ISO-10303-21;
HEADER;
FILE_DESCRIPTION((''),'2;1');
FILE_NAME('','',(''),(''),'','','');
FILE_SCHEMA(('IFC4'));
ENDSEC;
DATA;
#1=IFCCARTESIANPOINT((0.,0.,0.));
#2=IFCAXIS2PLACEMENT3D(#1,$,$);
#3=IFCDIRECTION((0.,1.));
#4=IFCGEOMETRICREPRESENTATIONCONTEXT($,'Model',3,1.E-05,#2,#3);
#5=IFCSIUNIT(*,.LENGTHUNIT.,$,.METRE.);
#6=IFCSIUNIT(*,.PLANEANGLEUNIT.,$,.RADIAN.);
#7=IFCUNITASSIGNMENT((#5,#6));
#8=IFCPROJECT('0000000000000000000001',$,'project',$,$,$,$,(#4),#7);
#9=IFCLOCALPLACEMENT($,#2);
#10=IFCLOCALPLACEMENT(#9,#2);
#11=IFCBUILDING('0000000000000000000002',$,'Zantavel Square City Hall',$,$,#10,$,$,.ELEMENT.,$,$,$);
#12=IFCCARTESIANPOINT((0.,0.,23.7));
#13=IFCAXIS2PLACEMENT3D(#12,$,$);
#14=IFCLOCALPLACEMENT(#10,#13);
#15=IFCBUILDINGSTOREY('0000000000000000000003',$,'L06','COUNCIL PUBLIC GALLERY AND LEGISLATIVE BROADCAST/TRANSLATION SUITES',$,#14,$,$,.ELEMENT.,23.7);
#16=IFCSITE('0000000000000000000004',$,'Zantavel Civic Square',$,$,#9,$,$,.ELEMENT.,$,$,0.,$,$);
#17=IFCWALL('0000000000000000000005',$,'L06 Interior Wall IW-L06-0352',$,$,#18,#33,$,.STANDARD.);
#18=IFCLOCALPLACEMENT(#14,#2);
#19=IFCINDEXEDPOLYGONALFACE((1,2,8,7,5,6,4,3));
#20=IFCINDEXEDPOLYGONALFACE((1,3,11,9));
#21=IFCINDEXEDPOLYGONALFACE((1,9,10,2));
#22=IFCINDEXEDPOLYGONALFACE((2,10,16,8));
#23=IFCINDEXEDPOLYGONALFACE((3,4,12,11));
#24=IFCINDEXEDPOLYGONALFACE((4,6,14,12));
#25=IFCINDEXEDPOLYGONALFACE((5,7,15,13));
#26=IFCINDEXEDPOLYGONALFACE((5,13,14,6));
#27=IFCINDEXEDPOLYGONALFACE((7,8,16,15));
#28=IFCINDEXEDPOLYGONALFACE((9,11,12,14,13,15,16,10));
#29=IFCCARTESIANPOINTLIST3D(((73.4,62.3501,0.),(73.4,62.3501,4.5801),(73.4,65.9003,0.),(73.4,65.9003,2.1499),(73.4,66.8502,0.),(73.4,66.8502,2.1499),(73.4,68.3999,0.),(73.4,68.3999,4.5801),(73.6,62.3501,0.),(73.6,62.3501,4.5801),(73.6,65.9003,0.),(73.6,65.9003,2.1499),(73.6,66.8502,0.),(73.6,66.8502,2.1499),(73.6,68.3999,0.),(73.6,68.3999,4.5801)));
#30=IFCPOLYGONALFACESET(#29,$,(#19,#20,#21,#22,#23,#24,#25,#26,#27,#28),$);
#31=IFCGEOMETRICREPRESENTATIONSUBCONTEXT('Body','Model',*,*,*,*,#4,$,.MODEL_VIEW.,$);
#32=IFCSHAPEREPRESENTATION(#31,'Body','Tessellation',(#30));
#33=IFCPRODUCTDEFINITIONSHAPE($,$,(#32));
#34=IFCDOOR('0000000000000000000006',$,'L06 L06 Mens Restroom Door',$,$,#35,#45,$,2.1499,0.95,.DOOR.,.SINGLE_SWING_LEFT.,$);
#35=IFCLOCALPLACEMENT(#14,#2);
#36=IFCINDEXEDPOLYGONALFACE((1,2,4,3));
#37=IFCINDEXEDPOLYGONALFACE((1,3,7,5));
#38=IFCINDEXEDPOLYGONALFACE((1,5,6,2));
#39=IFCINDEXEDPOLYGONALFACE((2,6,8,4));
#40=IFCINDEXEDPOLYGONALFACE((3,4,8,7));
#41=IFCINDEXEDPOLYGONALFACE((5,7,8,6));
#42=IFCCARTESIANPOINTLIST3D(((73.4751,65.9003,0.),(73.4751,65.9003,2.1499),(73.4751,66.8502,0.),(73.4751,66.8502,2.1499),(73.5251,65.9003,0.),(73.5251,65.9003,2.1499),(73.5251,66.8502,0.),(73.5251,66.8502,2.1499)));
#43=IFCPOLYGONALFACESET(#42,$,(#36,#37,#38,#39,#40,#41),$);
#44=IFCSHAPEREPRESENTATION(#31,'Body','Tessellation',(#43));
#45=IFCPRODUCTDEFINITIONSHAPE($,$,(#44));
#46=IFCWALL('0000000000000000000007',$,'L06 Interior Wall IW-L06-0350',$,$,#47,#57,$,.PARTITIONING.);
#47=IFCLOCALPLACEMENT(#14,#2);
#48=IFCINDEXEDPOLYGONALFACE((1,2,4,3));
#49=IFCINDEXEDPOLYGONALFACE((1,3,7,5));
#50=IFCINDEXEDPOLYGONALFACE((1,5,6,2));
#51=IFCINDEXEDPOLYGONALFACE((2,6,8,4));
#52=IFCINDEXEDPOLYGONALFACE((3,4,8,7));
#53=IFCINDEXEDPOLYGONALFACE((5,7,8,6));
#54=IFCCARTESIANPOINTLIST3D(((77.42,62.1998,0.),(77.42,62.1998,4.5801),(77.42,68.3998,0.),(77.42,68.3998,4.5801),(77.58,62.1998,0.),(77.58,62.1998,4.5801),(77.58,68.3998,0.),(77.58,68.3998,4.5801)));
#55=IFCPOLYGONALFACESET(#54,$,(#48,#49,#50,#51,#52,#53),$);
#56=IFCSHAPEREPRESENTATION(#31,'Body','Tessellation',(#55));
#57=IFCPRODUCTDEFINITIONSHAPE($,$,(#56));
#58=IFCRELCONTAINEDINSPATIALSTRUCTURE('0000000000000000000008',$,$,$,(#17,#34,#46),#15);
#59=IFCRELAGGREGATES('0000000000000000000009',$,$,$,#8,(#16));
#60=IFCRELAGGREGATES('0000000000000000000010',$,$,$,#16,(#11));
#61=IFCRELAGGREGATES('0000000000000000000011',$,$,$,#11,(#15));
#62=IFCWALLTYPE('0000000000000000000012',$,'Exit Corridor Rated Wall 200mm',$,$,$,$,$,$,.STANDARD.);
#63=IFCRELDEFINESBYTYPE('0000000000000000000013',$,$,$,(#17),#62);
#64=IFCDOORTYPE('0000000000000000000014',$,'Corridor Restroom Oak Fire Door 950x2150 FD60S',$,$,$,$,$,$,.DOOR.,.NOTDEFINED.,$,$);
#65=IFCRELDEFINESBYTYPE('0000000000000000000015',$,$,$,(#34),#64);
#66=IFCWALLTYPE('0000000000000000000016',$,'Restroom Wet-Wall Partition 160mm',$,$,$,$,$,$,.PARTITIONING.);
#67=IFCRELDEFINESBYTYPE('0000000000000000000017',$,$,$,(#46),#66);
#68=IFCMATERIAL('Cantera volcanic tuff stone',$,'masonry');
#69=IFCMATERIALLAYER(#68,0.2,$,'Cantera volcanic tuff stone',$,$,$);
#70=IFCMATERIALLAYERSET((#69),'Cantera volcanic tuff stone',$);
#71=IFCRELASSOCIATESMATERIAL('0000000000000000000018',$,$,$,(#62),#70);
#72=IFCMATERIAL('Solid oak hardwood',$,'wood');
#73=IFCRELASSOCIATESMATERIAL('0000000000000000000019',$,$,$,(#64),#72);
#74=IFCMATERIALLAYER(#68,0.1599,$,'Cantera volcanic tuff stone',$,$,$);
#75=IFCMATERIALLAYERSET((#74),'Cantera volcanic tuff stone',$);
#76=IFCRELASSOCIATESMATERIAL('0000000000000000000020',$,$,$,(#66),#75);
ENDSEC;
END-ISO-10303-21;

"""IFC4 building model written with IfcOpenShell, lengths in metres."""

from ifc_helpers import new_model, si_unit, direction, frame, frame_2d, origin, place, context, subcontext, project, spatial, rectangle, extrude, material, layer, layer_set, type_object, element, fill, save


model = new_model("IFC4")

# Units and contexts
model_context = context("Model", 3, precision=1e-05, world=origin(), true_north=direction((0.0, 1.0)))
body_context = subcontext(model_context, "Body", "Model", "MODEL_VIEW")
ifc_project = project(units=[si_unit("LENGTHUNIT", "METRE"), si_unit("PLANEANGLEUNIT", "RADIAN")], contexts=[model_context])

# Site, building, storey
site_placement = place(None, origin())
site = spatial("IfcSite", under=ifc_project, at=site_placement, Name="Zantavel Civic Square", CompositionType="ELEMENT", RefElevation=0.0)
building_placement = place(site_placement, origin())
building = spatial("IfcBuilding", under=site, at=building_placement, Name="Zantavel Square City Hall", CompositionType="ELEMENT")
storey_placement = place(building_placement, frame((0.0, 0.0, 23.7)))
storey = spatial("IfcBuildingStorey", under=building, at=storey_placement, Name="L06", Description="COUNCIL PUBLIC GALLERY AND LEGISLATIVE BROADCAST/TRANSLATION SUITES", CompositionType="ELEMENT", Elevation=23.7)

# Shared definitions
ifc_material_1 = material(Name="Cantera volcanic tuff stone", Category="masonry")
ifc_layer_1 = layer(ifc_material_1, 0.2, Name="Cantera volcanic tuff stone")
ifc_layer_set_1 = layer_set([ifc_layer_1], Name="Cantera volcanic tuff stone")
wall_type_1 = type_object("IfcWallType", Name="Exit Corridor Rated Wall 200mm", PredefinedType="STANDARD", material=ifc_layer_set_1)

# Wall, opening, door
wall_1_placement = place(storey_placement, frame((73.5, 62.3501, 0.0), z_axis=(0.0, 0.0, 1.0), x_axis=(0.0, 1.0, 0.0)))
wall_1 = element("IfcWall", 1, at=wall_1_placement, inside=storey, type_object=wall_type_1, Name="L06 Interior Wall IW-L06-0352", PredefinedType="STANDARD", context=body_context, shape_type="SweptSolid", body=[
    extrude(rectangle(XDim=6.0498, YDim=0.2, at=frame_2d((3.0249, 0.0))), origin(), (0.0, 0.0, 1.0), 4.5801),
])
opening_1_placement = place(wall_1_placement, frame((3.55, 0.0, 0.0)))
opening_1 = element("IfcOpeningElement", 2, at=opening_1_placement, cuts=wall_1, PredefinedType="OPENING", context=body_context, shape_type="SweptSolid", body=[
    extrude(rectangle(XDim=0.95, YDim=2.1499, at=frame_2d((0.4751, 1.075))), frame((0.0, 0.1099, 0.0), z_axis=(0.0, -1.0, 0.0), x_axis=(1.0, 0.0, 0.0)), (0.0, 0.0, 1.0), 0.22),
])
ifc_material_2 = material(Name="Solid oak hardwood", Category="wood")
door_type_1 = type_object("IfcDoorType", Name="Corridor Restroom Oak Fire Door 950x2150 FD60S", OperationType="NOTDEFINED", PredefinedType="DOOR", material=ifc_material_2)
door_1_placement = place(opening_1_placement, origin())
door_1 = element("IfcDoor", 3, at=door_1_placement, inside=storey, type_object=door_type_1, Name="L06 L06 Mens Restroom Door", OperationType="SINGLE_SWING_LEFT", OverallHeight=2.1499, OverallWidth=0.95, PredefinedType="DOOR", context=body_context, shape_type="SweptSolid", body=[
    extrude(rectangle(XDim=0.95, YDim=2.1499, at=frame_2d((0.4751, 1.075))), frame((0.0, 0.0249, 0.0), z_axis=(0.0, -1.0, 0.0), x_axis=(1.0, 0.0, 0.0)), (0.0, 0.0, 1.0), 0.05),
])
fill(opening_1, door_1)

# Wall
ifc_layer_2 = layer(ifc_material_1, 0.1599, Name="Cantera volcanic tuff stone")
ifc_layer_set_2 = layer_set([ifc_layer_2], Name="Cantera volcanic tuff stone")
wall_type_2 = type_object("IfcWallType", Name="Restroom Wet-Wall Partition 160mm", PredefinedType="PARTITIONING", material=ifc_layer_set_2)
wall_2_placement = place(storey_placement, frame((77.5, 68.3999, 0.0), z_axis=(0.0, 0.0, 1.0), x_axis=(0.0, -1.0, 0.0)))
element("IfcWall", 4, at=wall_2_placement, inside=storey, type_object=wall_type_2, Name="L06 Interior Wall IW-L06-0350", PredefinedType="PARTITIONING", context=body_context, shape_type="SweptSolid", body=[
    extrude(rectangle(XDim=6.2, YDim=0.1599, at=frame_2d((3.1001, 0.0))), origin(), (0.0, 0.0, 1.0), 4.5801),
])

save(model, "model.ifc")
